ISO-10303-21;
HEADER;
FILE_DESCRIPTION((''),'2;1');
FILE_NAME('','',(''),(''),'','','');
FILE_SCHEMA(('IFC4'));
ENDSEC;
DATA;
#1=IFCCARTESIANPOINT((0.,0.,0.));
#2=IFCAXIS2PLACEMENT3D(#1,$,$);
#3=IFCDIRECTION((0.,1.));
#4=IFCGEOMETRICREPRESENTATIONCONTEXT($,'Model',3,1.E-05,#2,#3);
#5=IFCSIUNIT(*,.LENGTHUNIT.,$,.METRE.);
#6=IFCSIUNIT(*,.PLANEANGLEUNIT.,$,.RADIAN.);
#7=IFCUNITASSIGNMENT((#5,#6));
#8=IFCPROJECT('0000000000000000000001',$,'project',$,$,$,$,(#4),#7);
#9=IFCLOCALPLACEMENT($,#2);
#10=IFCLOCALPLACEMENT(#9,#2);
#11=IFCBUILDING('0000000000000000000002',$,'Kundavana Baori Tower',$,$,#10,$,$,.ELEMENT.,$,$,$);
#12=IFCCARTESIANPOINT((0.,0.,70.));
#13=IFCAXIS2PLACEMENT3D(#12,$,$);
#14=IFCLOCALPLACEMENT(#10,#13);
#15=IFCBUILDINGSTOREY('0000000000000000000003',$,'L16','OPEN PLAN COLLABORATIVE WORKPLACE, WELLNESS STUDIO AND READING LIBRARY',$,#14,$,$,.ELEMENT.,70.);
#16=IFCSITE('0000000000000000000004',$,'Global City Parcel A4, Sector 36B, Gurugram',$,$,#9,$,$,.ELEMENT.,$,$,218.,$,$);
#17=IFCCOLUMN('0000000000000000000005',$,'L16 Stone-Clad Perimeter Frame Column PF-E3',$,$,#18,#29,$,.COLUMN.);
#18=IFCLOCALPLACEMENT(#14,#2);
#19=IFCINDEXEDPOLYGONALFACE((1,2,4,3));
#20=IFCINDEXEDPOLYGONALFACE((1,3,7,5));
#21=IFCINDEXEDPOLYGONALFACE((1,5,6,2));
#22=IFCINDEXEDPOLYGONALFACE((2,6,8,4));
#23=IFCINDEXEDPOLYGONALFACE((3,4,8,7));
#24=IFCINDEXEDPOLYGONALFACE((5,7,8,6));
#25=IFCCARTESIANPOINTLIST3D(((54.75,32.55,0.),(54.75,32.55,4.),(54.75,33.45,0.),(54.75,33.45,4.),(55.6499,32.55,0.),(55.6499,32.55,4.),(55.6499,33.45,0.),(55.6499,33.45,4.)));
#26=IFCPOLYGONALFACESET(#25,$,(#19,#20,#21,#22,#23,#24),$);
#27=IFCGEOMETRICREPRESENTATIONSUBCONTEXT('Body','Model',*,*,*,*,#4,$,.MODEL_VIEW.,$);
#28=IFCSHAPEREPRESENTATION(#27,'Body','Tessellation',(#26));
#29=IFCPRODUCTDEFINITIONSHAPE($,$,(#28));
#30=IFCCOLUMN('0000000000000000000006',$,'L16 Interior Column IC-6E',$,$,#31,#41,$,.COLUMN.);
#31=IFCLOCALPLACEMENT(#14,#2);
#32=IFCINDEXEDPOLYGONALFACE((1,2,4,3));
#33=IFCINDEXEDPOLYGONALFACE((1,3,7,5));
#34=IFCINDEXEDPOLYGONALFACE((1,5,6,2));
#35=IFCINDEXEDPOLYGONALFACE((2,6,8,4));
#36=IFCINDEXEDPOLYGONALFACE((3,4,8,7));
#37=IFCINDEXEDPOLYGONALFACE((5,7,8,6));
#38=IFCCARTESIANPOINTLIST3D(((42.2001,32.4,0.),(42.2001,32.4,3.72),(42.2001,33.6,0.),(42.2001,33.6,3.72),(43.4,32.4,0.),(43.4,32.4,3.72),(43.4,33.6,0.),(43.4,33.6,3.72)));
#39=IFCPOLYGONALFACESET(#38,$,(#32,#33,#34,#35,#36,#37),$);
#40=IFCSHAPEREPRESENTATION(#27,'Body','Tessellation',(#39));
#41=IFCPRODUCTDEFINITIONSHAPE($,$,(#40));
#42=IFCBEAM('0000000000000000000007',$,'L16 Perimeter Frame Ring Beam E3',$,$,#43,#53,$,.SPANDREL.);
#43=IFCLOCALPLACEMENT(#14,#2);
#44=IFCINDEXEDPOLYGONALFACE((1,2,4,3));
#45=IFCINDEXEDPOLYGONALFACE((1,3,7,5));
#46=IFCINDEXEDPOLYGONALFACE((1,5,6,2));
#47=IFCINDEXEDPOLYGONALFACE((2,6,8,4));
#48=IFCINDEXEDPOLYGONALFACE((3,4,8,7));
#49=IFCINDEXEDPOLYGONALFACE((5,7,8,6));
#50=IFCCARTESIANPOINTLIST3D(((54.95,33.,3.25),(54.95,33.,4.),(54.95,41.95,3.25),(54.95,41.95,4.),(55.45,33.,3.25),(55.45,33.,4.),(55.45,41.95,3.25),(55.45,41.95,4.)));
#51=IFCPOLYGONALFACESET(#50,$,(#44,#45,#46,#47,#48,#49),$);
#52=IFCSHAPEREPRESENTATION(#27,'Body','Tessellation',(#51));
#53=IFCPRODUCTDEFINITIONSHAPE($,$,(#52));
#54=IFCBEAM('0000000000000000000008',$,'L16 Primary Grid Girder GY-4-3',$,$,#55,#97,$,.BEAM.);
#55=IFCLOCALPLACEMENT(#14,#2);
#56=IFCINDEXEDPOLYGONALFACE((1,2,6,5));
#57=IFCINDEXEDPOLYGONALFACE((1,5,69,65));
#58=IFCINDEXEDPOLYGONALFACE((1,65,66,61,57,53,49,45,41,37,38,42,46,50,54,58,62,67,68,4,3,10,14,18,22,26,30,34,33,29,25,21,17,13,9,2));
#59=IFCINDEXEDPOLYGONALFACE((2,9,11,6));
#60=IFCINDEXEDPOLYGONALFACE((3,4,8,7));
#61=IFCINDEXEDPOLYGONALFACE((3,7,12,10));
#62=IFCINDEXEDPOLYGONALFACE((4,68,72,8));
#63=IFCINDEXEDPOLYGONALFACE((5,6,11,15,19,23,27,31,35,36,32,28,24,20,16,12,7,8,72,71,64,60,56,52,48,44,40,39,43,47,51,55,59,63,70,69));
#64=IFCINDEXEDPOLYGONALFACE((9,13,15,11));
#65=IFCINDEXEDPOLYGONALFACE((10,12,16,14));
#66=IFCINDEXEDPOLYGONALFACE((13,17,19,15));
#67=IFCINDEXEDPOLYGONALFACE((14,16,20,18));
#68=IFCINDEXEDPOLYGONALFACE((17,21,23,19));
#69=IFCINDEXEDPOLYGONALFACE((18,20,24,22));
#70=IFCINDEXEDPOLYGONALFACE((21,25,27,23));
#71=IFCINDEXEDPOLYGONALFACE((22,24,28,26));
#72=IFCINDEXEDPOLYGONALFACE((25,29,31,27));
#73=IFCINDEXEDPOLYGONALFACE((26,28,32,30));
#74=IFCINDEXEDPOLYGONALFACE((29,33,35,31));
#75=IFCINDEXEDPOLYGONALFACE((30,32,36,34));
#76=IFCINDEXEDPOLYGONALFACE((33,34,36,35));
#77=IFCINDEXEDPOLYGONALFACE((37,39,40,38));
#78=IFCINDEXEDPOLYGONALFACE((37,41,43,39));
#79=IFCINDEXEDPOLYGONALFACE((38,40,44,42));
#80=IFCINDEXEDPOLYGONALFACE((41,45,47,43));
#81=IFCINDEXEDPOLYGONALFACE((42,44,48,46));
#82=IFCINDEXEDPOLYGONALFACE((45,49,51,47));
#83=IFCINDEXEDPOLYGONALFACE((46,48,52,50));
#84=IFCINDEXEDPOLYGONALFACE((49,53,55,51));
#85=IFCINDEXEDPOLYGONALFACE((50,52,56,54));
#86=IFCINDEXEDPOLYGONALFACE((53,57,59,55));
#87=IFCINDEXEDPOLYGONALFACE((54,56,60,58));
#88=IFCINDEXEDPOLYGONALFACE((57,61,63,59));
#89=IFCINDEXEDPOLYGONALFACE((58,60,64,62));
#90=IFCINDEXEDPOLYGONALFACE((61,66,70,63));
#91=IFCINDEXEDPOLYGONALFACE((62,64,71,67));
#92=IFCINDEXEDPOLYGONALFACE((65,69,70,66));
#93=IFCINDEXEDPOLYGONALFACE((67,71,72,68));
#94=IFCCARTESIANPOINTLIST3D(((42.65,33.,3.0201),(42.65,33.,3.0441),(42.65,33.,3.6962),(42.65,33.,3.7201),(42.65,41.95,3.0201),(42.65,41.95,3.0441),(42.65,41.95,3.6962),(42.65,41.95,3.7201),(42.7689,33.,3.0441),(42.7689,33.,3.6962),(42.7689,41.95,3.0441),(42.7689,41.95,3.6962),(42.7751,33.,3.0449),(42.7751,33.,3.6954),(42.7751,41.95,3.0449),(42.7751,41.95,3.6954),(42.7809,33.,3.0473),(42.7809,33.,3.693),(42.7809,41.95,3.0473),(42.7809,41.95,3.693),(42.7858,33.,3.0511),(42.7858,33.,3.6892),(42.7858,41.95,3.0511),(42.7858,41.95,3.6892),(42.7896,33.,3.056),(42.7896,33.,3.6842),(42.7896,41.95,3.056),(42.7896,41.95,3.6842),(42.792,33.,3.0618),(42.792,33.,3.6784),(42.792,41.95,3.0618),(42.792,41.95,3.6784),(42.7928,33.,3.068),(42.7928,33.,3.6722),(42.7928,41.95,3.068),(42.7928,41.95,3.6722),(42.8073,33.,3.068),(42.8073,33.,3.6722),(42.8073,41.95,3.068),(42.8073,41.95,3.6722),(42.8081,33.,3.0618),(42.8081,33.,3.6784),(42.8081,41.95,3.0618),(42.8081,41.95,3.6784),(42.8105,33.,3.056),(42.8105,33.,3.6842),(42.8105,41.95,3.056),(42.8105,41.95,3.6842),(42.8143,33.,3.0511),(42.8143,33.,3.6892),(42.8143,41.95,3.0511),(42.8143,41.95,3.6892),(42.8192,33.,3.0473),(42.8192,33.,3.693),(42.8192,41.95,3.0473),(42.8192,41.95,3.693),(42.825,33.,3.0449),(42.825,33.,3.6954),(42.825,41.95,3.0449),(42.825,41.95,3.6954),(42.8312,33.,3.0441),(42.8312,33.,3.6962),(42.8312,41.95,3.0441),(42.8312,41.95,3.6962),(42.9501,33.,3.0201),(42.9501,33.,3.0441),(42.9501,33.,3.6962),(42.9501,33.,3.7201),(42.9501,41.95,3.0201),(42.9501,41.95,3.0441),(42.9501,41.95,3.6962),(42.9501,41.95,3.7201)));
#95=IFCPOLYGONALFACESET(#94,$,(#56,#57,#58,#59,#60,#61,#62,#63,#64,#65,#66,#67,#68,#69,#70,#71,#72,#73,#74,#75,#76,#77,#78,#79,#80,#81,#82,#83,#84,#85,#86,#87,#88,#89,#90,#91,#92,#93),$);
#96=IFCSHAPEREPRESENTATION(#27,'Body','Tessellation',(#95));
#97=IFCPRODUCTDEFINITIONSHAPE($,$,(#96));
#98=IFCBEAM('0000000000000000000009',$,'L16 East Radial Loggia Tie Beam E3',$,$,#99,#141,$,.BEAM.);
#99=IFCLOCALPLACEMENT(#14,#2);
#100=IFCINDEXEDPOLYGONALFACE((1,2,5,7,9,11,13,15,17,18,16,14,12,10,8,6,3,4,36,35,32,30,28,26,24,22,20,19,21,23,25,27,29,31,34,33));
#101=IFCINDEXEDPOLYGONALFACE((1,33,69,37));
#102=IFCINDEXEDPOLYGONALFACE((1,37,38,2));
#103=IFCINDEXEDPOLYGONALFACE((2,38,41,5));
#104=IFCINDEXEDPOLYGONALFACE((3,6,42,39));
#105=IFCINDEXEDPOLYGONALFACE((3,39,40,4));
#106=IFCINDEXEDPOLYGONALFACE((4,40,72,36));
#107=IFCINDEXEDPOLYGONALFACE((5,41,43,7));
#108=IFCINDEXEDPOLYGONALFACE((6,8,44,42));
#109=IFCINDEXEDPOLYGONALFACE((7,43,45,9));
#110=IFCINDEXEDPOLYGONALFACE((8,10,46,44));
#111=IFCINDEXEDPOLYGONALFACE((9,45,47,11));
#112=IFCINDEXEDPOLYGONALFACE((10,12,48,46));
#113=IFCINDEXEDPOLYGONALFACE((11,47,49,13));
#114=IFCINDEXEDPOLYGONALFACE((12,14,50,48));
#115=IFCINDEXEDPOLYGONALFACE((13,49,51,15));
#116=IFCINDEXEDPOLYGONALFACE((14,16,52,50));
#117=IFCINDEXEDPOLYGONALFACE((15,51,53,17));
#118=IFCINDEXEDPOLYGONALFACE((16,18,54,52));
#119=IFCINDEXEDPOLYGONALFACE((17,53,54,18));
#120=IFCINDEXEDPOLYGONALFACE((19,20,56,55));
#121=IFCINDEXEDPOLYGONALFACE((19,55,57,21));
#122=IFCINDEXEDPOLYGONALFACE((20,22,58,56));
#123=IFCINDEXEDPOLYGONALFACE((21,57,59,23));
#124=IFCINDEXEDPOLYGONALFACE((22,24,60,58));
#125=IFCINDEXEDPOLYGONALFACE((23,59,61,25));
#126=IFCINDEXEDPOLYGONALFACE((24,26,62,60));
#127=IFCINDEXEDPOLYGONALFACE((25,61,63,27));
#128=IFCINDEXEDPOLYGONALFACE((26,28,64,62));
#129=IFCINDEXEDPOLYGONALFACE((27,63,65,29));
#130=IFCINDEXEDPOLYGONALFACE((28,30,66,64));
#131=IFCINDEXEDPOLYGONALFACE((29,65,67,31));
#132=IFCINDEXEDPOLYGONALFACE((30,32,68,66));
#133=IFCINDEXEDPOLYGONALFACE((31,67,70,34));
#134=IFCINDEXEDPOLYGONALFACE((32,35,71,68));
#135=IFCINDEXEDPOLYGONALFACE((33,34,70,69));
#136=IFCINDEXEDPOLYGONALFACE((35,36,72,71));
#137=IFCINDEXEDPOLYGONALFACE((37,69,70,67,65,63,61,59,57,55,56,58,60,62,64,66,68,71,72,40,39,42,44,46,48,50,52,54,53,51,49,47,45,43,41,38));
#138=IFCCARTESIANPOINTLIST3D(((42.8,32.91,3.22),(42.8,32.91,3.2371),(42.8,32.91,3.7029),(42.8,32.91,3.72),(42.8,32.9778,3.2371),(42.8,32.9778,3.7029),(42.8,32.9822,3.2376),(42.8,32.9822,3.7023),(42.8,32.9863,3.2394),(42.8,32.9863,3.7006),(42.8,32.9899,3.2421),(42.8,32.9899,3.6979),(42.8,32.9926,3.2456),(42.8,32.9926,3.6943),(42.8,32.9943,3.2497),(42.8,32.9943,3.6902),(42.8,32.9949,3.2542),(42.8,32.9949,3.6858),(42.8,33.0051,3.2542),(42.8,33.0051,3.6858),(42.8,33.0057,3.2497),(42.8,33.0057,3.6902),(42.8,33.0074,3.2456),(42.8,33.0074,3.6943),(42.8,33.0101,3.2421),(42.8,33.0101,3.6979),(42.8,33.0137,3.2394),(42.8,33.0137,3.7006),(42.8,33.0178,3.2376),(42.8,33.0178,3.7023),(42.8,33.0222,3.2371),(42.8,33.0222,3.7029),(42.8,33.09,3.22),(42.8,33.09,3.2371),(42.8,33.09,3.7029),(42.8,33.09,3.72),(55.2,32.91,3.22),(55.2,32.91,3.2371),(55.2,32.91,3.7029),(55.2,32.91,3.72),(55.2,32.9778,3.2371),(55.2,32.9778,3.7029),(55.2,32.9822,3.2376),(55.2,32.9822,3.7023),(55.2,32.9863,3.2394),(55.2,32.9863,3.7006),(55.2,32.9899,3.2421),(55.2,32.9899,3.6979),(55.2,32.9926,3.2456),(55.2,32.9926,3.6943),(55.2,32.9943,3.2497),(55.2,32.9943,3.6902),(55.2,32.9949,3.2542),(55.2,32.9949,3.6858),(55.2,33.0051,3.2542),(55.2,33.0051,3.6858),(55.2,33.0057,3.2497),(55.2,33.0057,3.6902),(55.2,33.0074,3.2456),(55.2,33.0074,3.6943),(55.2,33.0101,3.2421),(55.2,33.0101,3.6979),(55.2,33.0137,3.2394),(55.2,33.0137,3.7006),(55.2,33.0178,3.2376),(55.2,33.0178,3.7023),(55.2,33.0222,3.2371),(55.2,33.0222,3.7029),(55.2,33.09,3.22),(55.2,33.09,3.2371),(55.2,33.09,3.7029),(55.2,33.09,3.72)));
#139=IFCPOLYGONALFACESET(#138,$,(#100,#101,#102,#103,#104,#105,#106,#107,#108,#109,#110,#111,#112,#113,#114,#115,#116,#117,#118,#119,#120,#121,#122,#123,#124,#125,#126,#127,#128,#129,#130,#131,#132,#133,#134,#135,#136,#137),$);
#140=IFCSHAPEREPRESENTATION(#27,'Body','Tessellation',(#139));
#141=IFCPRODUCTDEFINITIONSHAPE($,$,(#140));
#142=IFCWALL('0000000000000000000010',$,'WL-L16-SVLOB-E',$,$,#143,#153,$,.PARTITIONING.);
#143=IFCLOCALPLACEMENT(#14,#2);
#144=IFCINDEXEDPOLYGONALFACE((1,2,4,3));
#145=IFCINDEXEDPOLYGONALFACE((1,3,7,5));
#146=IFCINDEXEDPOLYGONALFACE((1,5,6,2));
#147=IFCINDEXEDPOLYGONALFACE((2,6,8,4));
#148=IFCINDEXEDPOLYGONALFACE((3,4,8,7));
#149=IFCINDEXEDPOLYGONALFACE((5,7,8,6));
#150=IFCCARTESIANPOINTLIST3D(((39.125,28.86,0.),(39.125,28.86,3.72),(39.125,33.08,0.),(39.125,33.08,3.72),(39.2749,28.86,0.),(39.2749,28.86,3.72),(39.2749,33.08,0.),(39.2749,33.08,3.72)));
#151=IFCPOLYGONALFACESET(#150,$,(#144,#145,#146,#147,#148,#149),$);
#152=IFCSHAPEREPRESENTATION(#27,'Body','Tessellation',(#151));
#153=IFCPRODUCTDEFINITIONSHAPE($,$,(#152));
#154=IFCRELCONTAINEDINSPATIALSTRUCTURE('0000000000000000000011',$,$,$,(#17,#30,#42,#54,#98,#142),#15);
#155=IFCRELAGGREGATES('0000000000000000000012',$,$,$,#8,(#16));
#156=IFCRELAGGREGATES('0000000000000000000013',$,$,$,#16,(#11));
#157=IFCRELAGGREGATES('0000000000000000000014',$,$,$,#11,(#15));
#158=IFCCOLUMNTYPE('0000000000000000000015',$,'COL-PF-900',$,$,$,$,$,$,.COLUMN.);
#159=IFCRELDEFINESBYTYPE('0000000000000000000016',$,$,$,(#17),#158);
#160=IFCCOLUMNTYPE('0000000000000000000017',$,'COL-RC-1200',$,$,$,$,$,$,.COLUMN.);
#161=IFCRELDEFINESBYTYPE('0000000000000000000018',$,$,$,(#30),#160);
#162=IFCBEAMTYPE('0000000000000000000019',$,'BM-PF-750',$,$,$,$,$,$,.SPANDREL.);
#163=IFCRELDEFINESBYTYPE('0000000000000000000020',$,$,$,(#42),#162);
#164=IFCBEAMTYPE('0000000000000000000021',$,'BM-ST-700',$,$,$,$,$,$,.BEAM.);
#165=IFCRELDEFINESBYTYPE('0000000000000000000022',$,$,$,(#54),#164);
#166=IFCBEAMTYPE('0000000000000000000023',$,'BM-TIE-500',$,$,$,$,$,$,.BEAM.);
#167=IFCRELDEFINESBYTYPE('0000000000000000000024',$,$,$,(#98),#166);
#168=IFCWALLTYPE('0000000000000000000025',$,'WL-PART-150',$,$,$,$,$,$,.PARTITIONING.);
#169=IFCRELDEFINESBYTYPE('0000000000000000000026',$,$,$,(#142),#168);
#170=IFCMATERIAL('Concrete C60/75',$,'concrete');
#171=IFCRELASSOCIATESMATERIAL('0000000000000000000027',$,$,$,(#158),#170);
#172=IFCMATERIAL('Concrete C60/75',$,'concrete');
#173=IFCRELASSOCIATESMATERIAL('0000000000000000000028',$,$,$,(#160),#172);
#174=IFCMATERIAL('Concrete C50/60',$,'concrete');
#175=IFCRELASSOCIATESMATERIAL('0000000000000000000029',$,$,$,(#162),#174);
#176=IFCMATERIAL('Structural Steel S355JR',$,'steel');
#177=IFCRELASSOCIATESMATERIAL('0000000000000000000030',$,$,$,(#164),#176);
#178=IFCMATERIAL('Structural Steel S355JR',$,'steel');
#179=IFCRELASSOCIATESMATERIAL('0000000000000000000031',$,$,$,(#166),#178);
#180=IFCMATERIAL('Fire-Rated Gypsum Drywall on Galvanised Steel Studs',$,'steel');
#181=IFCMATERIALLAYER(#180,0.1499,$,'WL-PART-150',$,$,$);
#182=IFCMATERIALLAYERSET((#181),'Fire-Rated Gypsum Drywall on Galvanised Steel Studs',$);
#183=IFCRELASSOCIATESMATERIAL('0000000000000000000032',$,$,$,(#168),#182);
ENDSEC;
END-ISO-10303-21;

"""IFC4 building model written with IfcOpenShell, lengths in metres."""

from ifc_helpers import new_model, si_unit, direction, frame, frame_2d, origin, origin_2d, place, context, subcontext, project, spatial, rectangle, i_section, extrude, material, layer, layer_set, material_profile, profile_set, type_object, element, save


model = new_model("IFC4")

# Units and contexts
model_context = context("Model", 3, precision=1e-05, world=origin(), true_north=direction((0.0, 1.0)))
body_context = subcontext(model_context, "Body", "Model", "MODEL_VIEW")
ifc_project = project(units=[si_unit("LENGTHUNIT", "METRE"), si_unit("PLANEANGLEUNIT", "RADIAN")], contexts=[model_context])

# Site, building, storey
site_placement = place(None, origin())
site = spatial("IfcSite", under=ifc_project, at=site_placement, Name="Global City Parcel A4, Sector 36B, Gurugram", CompositionType="ELEMENT", RefElevation=218.0)
building_placement = place(site_placement, origin())
building = spatial("IfcBuilding", under=site, at=building_placement, Name="Kundavana Baori Tower", CompositionType="ELEMENT")
storey_placement = place(building_placement, frame((0.0, 0.0, 70.0)))
storey = spatial("IfcBuildingStorey", under=building, at=storey_placement, Name="L16", Description="OPEN PLAN COLLABORATIVE WORKPLACE, WELLNESS STUDIO AND READING LIBRARY", CompositionType="ELEMENT", Elevation=70.0)

# Columns
ifc_material_1 = material(Name="Concrete C60/75", Category="concrete")
ifc_material_profile_1 = material_profile(ifc_material_1, rectangle(XDim=0.8999, YDim=0.8999, at=origin_2d()), Name="RC PF 900x900")
ifc_profile_set_1 = profile_set([ifc_material_profile_1], Name="Concrete C60/75")
column_type_1 = type_object("IfcColumnType", Name="COL-PF-900", PredefinedType="COLUMN", material=ifc_profile_set_1)
column_1_placement = place(storey_placement, frame((55.2, 33.0, 0.0), z_axis=(0.0, 0.0, 1.0), x_axis=(1.0, 0.0, 0.0)))
element("IfcColumn", 1, at=column_1_placement, inside=storey, type_object=column_type_1, Name="L16 Stone-Clad Perimeter Frame Column PF-E3", PredefinedType="COLUMN", context=body_context, shape_type="SweptSolid", body=[
    extrude(rectangle(XDim=0.8999, YDim=0.8999, at=origin_2d()), origin(), (0.0, 0.0, 1.0), 4.0),
])
ifc_material_2 = material(Name="Concrete C60/75", Category="concrete")
ifc_material_profile_2 = material_profile(ifc_material_2, rectangle(XDim=1.2, YDim=1.2, at=origin_2d()), Name="RC 1200x1200")
ifc_profile_set_2 = profile_set([ifc_material_profile_2], Name="Concrete C60/75")
column_type_2 = type_object("IfcColumnType", Name="COL-RC-1200", PredefinedType="COLUMN", material=ifc_profile_set_2)
column_2_placement = place(storey_placement, frame((42.8, 33.0, 0.0), z_axis=(0.0, 0.0, 1.0), x_axis=(1.0, 0.0, 0.0)))
element("IfcColumn", 2, at=column_2_placement, inside=storey, type_object=column_type_2, Name="L16 Interior Column IC-6E", PredefinedType="COLUMN", context=body_context, shape_type="SweptSolid", body=[
    extrude(rectangle(XDim=1.2, YDim=1.2, at=origin_2d()), origin(), (0.0, 0.0, 1.0), 3.72),
])

# Beams
ifc_material_3 = material(Name="Concrete C50/60", Category="concrete")
ifc_material_profile_3 = material_profile(ifc_material_3, rectangle(XDim=0.5, YDim=0.75, at=origin_2d()), Name="RC BM 500x750")
ifc_profile_set_3 = profile_set([ifc_material_profile_3], Name="Concrete C50/60")
beam_type_1 = type_object("IfcBeamType", Name="BM-PF-750", PredefinedType="SPANDREL", material=ifc_profile_set_3)
beam_1_placement = place(storey_placement, frame((55.2, 33.0, 3.625), z_axis=(0.0, 1.0, 0.0), x_axis=(-1.0, 0.0, 0.0)))
element("IfcBeam", 3, at=beam_1_placement, inside=storey, type_object=beam_type_1, Name="L16 Perimeter Frame Ring Beam E3", PredefinedType="SPANDREL", context=body_context, shape_type="SweptSolid", body=[
    extrude(rectangle(XDim=0.5, YDim=0.75, at=origin_2d()), origin(), (0.0, 0.0, 1.0), 8.95),
])
ifc_material_4 = material(Name="Structural Steel S355JR", Category="steel")
ifc_material_profile_4 = material_profile(ifc_material_4, i_section(OverallWidth=0.3, OverallDepth=0.7, WebThickness=0.0144, FlangeThickness=0.0239, FilletRadius=0.0239, at=origin_2d()), Name="NPB 700x300x170")
ifc_profile_set_4 = profile_set([ifc_material_profile_4], Name="Structural Steel S355JR")
beam_type_2 = type_object("IfcBeamType", Name="BM-ST-700", PredefinedType="BEAM", material=ifc_profile_set_4)
beam_2_placement = place(storey_placement, frame((42.8, 33.0, 3.3701), z_axis=(0.0, 1.0, 0.0), x_axis=(-1.0, 0.0, 0.0)))
element("IfcBeam", 4, at=beam_2_placement, inside=storey, type_object=beam_type_2, Name="L16 Primary Grid Girder GY-4-3", PredefinedType="BEAM", context=body_context, shape_type="SweptSolid", body=[
    extrude(i_section(OverallWidth=0.3, OverallDepth=0.7, WebThickness=0.0144, FlangeThickness=0.0239, FilletRadius=0.0239, at=origin_2d()), origin(), (0.0, 0.0, 1.0), 8.95),
])
ifc_material_5 = material(Name="Structural Steel S355JR", Category="steel")
ifc_material_profile_5 = material_profile(ifc_material_5, i_section(OverallWidth=0.1799, OverallDepth=0.5, WebThickness=0.0103, FlangeThickness=0.0171, FilletRadius=0.0171, at=origin_2d()), Name="ISMB 500")
ifc_profile_set_5 = profile_set([ifc_material_profile_5], Name="Structural Steel S355JR")
beam_type_3 = type_object("IfcBeamType", Name="BM-TIE-500", PredefinedType="BEAM", material=ifc_profile_set_5)
beam_3_placement = place(storey_placement, frame((42.8, 33.0, 3.47), z_axis=(1.0, 0.0, 0.0), x_axis=(0.0, 1.0, 0.0)))
element("IfcBeam", 5, at=beam_3_placement, inside=storey, type_object=beam_type_3, Name="L16 East Radial Loggia Tie Beam E3", PredefinedType="BEAM", context=body_context, shape_type="SweptSolid", body=[
    extrude(i_section(OverallWidth=0.1799, OverallDepth=0.5, WebThickness=0.0103, FlangeThickness=0.0171, FilletRadius=0.0171, at=origin_2d()), origin(), (0.0, 0.0, 1.0), 12.3999),
])

# Wall
ifc_material_6 = material(Name="Fire-Rated Gypsum Drywall on Galvanised Steel Studs", Category="steel")
ifc_layer_1 = layer(ifc_material_6, 0.1499, Name="WL-PART-150")
ifc_layer_set_1 = layer_set([ifc_layer_1], Name="Fire-Rated Gypsum Drywall on Galvanised Steel Studs")
wall_type_1 = type_object("IfcWallType", Name="WL-PART-150", PredefinedType="PARTITIONING", material=ifc_layer_set_1)
wall_1_placement = place(storey_placement, frame((39.2, 28.8601, 0.0), z_axis=(0.0, 0.0, 1.0), x_axis=(0.0, 1.0, 0.0)))
element("IfcWall", 6, at=wall_1_placement, inside=storey, type_object=wall_type_1, Name="WL-L16-SVLOB-E", PredefinedType="PARTITIONING", context=body_context, shape_type="SweptSolid", body=[
    extrude(rectangle(XDim=4.22, YDim=0.1499, at=frame_2d((2.1099, 0.0))), origin(), (0.0, 0.0, 1.0), 3.72),
])

save(model, "model.ifc")
